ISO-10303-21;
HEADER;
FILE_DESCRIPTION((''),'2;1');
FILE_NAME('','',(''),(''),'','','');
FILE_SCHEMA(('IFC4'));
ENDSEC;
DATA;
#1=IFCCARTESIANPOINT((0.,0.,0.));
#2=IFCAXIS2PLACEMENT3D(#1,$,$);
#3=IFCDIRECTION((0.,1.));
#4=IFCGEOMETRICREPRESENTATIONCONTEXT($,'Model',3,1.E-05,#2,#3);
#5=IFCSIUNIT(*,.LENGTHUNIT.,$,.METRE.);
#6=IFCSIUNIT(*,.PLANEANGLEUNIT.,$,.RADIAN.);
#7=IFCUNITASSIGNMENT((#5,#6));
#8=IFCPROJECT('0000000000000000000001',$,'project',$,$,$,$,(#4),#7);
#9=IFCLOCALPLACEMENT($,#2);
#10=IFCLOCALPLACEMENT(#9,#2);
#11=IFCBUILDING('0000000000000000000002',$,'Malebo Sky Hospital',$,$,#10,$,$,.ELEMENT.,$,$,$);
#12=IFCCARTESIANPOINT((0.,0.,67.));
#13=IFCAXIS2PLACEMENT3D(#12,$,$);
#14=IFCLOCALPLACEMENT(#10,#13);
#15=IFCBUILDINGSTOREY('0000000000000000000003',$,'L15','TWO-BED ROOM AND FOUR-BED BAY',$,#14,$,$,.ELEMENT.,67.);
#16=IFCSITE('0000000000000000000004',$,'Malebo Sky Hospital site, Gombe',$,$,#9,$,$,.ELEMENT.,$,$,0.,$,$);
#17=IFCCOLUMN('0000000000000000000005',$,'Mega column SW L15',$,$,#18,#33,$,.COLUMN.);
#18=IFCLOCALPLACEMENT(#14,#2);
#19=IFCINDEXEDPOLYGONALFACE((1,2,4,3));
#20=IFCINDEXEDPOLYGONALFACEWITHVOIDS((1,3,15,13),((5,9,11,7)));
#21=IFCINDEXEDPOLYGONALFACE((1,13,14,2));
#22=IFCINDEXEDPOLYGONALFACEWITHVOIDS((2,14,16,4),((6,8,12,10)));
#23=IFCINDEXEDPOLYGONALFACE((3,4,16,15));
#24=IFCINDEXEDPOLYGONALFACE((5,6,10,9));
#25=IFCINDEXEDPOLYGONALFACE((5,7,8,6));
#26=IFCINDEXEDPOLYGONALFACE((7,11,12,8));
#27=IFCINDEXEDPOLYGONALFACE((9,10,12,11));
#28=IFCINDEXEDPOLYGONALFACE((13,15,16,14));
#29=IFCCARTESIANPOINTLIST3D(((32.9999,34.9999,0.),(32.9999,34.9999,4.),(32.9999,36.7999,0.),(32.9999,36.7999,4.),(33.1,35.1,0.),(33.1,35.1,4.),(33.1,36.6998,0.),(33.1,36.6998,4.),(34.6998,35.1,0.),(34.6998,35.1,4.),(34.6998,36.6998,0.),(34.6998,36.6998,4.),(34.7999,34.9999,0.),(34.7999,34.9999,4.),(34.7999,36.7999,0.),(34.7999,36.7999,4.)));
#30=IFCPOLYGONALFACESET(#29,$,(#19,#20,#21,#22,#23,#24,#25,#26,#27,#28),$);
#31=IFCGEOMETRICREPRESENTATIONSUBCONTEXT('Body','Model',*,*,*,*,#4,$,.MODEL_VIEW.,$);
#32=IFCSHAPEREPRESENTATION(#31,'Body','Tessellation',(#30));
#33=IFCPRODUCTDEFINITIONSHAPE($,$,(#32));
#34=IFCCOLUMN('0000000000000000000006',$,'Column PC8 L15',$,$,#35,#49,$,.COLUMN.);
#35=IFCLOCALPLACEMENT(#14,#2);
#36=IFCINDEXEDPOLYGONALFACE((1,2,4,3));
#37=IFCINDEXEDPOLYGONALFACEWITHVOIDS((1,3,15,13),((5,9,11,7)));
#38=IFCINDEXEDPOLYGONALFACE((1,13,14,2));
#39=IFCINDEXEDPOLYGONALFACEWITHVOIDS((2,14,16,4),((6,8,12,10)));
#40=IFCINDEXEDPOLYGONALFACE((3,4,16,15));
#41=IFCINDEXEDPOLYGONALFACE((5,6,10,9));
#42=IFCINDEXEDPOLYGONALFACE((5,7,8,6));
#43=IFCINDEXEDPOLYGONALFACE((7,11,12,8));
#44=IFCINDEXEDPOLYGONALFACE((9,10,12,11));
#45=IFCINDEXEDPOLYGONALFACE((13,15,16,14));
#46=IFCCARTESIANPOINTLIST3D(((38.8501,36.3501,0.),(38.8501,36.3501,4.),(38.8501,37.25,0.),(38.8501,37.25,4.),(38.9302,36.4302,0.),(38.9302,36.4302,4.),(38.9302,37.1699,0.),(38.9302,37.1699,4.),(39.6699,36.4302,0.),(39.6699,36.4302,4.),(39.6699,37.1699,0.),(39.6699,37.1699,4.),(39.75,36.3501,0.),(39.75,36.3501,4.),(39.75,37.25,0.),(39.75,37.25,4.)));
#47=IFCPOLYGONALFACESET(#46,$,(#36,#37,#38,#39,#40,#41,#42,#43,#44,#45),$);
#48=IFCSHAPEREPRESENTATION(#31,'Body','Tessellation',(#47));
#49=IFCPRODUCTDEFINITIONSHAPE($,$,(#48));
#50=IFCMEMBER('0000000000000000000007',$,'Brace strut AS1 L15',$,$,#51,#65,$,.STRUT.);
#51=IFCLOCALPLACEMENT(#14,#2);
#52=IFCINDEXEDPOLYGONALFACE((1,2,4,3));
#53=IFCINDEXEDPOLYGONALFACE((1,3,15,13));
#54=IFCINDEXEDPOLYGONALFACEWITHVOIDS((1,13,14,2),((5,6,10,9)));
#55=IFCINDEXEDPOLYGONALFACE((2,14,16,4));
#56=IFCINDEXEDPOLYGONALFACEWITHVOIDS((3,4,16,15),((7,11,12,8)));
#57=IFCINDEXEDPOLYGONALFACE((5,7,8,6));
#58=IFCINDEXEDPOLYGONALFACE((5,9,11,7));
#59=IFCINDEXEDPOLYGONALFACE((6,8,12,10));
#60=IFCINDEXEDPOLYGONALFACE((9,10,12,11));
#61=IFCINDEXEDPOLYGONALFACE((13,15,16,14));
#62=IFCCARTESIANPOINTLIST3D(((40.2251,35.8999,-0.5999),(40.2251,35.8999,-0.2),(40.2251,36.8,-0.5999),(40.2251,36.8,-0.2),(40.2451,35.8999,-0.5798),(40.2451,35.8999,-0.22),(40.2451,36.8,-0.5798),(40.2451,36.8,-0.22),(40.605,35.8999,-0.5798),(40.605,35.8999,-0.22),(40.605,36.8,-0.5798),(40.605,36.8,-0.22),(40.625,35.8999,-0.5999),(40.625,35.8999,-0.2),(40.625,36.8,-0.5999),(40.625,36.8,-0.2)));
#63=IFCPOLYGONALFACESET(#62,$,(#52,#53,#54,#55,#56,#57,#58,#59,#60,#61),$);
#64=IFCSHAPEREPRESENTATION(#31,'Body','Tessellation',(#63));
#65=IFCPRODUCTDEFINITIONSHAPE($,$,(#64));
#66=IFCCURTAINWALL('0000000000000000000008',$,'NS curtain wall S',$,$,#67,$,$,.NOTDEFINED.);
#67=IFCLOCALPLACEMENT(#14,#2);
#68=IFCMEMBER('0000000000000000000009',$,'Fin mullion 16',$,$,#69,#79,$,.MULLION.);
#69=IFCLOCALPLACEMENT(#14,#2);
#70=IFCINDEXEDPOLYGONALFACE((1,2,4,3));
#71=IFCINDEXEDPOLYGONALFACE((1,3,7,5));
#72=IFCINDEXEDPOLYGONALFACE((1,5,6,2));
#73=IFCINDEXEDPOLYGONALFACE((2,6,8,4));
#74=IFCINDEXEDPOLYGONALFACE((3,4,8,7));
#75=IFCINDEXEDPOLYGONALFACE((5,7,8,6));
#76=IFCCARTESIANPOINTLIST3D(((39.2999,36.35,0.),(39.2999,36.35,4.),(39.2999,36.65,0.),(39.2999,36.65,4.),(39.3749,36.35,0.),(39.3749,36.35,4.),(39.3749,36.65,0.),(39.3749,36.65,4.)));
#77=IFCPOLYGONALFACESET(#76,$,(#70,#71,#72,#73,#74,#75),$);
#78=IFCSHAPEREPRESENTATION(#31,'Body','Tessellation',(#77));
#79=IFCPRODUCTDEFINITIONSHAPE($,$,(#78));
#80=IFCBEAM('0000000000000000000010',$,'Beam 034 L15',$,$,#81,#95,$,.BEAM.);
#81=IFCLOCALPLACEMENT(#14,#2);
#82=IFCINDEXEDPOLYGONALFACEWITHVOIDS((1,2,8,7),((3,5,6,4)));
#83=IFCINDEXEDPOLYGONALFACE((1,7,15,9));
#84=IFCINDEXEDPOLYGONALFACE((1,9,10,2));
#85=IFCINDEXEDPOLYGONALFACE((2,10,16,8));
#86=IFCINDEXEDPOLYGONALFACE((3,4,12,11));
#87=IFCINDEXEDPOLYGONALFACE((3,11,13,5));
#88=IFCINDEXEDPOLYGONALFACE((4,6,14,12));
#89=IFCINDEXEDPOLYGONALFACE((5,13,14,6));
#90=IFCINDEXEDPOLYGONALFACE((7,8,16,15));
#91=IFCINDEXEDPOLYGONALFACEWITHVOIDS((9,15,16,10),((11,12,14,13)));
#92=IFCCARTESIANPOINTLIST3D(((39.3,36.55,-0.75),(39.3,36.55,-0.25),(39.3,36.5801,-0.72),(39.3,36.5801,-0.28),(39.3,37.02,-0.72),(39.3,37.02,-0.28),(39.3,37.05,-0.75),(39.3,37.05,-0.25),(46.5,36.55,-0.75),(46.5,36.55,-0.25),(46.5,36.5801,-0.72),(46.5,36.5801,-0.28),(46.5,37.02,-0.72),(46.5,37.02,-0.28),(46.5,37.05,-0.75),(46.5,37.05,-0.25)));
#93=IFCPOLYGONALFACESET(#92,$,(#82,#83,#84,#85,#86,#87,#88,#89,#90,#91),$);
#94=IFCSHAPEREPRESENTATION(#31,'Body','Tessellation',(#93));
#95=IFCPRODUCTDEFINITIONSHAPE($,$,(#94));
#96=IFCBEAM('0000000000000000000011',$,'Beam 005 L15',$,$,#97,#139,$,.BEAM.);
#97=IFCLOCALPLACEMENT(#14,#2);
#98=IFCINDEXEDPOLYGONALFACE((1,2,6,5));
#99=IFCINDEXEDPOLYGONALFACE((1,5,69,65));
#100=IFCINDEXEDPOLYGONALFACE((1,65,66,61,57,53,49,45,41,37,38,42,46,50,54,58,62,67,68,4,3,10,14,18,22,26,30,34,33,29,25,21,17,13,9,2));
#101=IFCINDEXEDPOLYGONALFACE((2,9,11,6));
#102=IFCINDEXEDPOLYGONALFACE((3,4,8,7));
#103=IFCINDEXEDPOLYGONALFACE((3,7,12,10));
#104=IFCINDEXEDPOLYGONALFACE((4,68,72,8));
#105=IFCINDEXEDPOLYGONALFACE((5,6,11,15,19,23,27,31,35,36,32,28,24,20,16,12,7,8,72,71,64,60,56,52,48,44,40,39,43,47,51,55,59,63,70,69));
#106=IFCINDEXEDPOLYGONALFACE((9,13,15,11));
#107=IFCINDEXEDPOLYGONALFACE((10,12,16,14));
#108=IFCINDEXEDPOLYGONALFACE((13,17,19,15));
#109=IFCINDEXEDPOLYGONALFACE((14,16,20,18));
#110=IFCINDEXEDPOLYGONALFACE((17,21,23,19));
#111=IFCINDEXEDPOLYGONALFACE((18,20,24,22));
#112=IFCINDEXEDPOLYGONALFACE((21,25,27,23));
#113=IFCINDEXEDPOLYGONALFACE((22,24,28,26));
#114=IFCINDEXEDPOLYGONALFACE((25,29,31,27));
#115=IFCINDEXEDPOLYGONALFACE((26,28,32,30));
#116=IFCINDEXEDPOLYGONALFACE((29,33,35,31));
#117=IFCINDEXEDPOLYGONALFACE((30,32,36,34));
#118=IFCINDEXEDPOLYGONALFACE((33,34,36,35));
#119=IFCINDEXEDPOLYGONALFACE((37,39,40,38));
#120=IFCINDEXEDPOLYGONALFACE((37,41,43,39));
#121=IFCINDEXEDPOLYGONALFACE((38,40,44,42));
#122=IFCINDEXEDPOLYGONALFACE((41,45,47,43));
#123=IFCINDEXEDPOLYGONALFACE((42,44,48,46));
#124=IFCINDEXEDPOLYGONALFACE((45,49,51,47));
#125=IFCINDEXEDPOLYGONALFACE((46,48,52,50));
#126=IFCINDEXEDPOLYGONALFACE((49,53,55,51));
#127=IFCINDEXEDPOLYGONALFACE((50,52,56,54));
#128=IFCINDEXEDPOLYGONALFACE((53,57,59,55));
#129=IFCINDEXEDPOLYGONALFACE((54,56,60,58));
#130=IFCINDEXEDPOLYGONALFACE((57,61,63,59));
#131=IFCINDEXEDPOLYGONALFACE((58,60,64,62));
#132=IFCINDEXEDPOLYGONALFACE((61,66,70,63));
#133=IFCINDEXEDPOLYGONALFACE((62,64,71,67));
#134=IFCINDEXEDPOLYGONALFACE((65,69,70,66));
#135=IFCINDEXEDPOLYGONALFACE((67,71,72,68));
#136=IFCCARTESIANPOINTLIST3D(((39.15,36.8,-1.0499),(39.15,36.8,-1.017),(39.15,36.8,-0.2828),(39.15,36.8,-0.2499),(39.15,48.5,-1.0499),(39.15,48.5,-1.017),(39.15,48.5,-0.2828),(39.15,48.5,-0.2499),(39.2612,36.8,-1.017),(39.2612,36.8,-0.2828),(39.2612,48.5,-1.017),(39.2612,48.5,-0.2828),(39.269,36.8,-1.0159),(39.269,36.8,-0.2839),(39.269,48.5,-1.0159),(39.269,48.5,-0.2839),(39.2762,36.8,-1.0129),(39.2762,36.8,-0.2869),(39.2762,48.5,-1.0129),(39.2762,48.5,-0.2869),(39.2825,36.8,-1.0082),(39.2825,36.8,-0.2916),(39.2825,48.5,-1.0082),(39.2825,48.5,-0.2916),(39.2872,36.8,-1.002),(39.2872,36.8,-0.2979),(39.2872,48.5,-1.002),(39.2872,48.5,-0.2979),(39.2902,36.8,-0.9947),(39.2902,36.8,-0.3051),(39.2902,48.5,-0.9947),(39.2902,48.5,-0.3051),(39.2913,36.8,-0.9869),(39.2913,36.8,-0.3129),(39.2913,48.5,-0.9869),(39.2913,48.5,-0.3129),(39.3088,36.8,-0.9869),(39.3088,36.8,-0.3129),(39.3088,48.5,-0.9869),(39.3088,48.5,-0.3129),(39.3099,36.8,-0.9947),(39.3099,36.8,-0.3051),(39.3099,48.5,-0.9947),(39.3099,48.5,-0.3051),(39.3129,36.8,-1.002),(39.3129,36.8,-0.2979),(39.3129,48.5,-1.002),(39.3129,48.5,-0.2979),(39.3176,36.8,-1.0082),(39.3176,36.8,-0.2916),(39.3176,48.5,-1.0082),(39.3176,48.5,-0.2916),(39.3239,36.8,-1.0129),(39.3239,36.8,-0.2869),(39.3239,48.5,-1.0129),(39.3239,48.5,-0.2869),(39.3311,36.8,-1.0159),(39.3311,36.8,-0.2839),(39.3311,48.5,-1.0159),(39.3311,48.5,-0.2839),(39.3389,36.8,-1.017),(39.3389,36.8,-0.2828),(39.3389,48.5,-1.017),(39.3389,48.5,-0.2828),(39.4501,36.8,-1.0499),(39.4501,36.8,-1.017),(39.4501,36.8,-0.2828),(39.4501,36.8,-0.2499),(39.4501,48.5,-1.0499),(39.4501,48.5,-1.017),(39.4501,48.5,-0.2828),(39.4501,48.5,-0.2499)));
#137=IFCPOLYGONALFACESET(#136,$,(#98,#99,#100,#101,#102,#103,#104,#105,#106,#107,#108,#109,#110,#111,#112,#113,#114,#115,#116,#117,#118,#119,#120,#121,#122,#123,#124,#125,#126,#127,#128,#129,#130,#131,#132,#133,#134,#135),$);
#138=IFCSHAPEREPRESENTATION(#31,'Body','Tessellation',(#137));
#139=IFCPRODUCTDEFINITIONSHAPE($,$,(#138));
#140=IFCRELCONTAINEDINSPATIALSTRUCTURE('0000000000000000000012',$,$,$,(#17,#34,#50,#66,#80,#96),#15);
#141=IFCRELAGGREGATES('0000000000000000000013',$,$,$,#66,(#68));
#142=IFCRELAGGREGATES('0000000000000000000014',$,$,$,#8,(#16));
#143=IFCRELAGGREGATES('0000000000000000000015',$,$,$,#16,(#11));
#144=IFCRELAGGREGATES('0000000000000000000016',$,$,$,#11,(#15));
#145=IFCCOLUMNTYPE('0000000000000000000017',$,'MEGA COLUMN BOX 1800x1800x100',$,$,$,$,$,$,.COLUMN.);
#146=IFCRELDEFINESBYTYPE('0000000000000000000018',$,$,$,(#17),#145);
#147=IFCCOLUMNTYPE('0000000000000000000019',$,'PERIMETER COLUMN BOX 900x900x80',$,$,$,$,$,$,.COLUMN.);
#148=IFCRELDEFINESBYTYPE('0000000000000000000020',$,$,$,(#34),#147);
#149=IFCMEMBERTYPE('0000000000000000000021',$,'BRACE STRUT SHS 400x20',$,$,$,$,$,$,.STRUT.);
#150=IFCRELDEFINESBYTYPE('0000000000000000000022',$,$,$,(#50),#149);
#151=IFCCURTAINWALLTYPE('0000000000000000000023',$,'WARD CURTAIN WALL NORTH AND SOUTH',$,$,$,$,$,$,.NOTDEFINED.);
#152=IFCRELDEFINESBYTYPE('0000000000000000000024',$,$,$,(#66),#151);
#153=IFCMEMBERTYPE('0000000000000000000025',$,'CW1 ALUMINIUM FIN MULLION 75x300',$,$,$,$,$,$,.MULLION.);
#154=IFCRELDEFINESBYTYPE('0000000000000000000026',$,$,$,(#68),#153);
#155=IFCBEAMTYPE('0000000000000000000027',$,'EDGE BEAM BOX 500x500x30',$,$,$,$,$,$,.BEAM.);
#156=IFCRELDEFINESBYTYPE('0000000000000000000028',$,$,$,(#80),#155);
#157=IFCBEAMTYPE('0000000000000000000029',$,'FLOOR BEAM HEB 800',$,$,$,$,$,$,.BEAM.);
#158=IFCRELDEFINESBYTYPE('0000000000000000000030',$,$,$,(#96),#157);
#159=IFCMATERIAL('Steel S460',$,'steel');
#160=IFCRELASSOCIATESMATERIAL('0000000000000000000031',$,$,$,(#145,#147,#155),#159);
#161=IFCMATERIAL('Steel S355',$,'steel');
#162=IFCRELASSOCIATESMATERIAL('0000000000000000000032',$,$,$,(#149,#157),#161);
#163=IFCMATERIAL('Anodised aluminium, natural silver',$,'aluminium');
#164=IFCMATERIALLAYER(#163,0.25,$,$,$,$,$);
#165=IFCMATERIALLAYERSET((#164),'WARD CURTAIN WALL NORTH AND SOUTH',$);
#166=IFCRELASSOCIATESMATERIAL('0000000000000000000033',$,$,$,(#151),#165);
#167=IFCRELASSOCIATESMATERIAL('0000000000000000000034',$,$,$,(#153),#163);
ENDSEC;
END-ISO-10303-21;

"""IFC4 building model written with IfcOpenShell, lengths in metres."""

from ifc_helpers import new_model, si_unit, direction, frame, origin, origin_2d, place, context, subcontext, project, spatial, rectangle, hollow_rectangle, i_section, extrude, material, layer, layer_set, material_profile, profile_set, type_object, element, aggregate, save


model = new_model("IFC4")

# Units and contexts
model_context = context("Model", 3, precision=1e-05, world=origin(), true_north=direction((0.0, 1.0)))
body_context = subcontext(model_context, "Body", "Model", "MODEL_VIEW")
ifc_project = project(units=[si_unit("LENGTHUNIT", "METRE"), si_unit("PLANEANGLEUNIT", "RADIAN")], contexts=[model_context])

# Site, building, storey
site_placement = place(None, origin())
site = spatial("IfcSite", under=ifc_project, at=site_placement, Name="Malebo Sky Hospital site, Gombe", CompositionType="ELEMENT", RefElevation=0.0)
building_placement = place(site_placement, origin())
building = spatial("IfcBuilding", under=site, at=building_placement, Name="Malebo Sky Hospital", CompositionType="ELEMENT")
storey_placement = place(building_placement, frame((0.0, 0.0, 67.0)))
storey = spatial("IfcBuildingStorey", under=building, at=storey_placement, Name="L15", Description="TWO-BED ROOM AND FOUR-BED BAY", CompositionType="ELEMENT", Elevation=67.0)

# Columns
ifc_material_1 = material(Name="Steel S460", Category="steel")
ifc_material_profile_1 = material_profile(ifc_material_1, hollow_rectangle(XDim=1.8, YDim=1.8, WallThickness=0.1001, at=origin_2d()), Name="BOX 1800x1800x100")
ifc_profile_set_1 = profile_set([ifc_material_profile_1], Name="Steel S460")
column_type_1 = type_object("IfcColumnType", Name="MEGA COLUMN BOX 1800x1800x100", PredefinedType="COLUMN", material=ifc_profile_set_1)
column_1_placement = place(storey_placement, frame((33.8999, 35.8999, 0.0), z_axis=(0.0, 0.0, 1.0), x_axis=(1.0, 0.0, 0.0)))
element("IfcColumn", 1, at=column_1_placement, inside=storey, type_object=column_type_1, Name="Mega column SW L15", PredefinedType="COLUMN", context=body_context, shape_type="SweptSolid", body=[
    extrude(hollow_rectangle(XDim=1.8, YDim=1.8, WallThickness=0.1001, at=origin_2d()), origin(), (0.0, 0.0, 1.0), 4.0),
])
ifc_material_profile_2 = material_profile(ifc_material_1, hollow_rectangle(XDim=0.8999, YDim=0.8999, WallThickness=0.0801, at=origin_2d()), Name="BOX 900x900x80")
ifc_profile_set_2 = profile_set([ifc_material_profile_2], Name="Steel S460")
column_type_2 = type_object("IfcColumnType", Name="PERIMETER COLUMN BOX 900x900x80", PredefinedType="COLUMN", material=ifc_profile_set_2)
column_2_placement = place(storey_placement, frame((39.3, 36.8, 0.0), z_axis=(0.0, 0.0, 1.0), x_axis=(1.0, 0.0, 0.0)))
element("IfcColumn", 2, at=column_2_placement, inside=storey, type_object=column_type_2, Name="Column PC8 L15", PredefinedType="COLUMN", context=body_context, shape_type="SweptSolid", body=[
    extrude(hollow_rectangle(XDim=0.8999, YDim=0.8999, WallThickness=0.0801, at=origin_2d()), origin(), (0.0, 0.0, 1.0), 4.0),
])

# Member
ifc_material_2 = material(Name="Steel S355", Category="steel")
ifc_material_profile_3 = material_profile(ifc_material_2, hollow_rectangle(XDim=0.3999, YDim=0.3999, WallThickness=0.02, at=origin_2d()), Name="SHS 400x20")
ifc_profile_set_3 = profile_set([ifc_material_profile_3], Name="Steel S355")
member_type_1 = type_object("IfcMemberType", Name="BRACE STRUT SHS 400x20", PredefinedType="STRUT", material=ifc_profile_set_3)
member_1_placement = place(storey_placement, frame((40.425, 35.8999, -0.3999), z_axis=(0.0, 1.0, 0.0), x_axis=(-1.0, 0.0, 0.0)))
element("IfcMember", 3, at=member_1_placement, inside=storey, type_object=member_type_1, Name="Brace strut AS1 L15", PredefinedType="STRUT", context=body_context, shape_type="SweptSolid", body=[
    extrude(hollow_rectangle(XDim=0.3999, YDim=0.3999, WallThickness=0.02, at=origin_2d()), origin(), (0.0, 0.0, 1.0), 0.9001),
])

# Curtain wall, member
ifc_material_3 = material(Name="Anodised aluminium, natural silver", Category="aluminium")
ifc_layer_1 = layer(ifc_material_3, 0.25)
ifc_layer_set_1 = layer_set([ifc_layer_1], Name="WARD CURTAIN WALL NORTH AND SOUTH")
curtain_wall_type = type_object("IfcCurtainWallType", Name="WARD CURTAIN WALL NORTH AND SOUTH", PredefinedType="NOTDEFINED", material=ifc_layer_set_1)
curtain_wall_placement = place(storey_placement, origin())
curtain_wall = element("IfcCurtainWall", 4, at=curtain_wall_placement, inside=storey, type_object=curtain_wall_type, Name="NS curtain wall S", PredefinedType="NOTDEFINED")
ifc_material_profile_4 = material_profile(ifc_material_3, rectangle(XDim=0.075, YDim=0.3, at=origin_2d()), Name="CW1 ALUMINIUM FIN MULLION 75x300")
ifc_profile_set_4 = profile_set([ifc_material_profile_4], Name="Anodised aluminium, natural silver")
member_type_2 = type_object("IfcMemberType", Name="CW1 ALUMINIUM FIN MULLION 75x300", PredefinedType="MULLION", material=ifc_profile_set_4)
member_2_placement = place(storey_placement, frame((39.3374, 36.5, 0.0), z_axis=(0.0, 0.0, 1.0), x_axis=(-1.0, 0.0, 0.0)))
member_2 = element("IfcMember", 5, at=member_2_placement, type_object=member_type_2, Name="Fin mullion 16", PredefinedType="MULLION", context=body_context, shape_type="SweptSolid", body=[
    extrude(rectangle(XDim=0.075, YDim=0.3, at=origin_2d()), origin(), (0.0, 0.0, 1.0), 4.0),
])

# Beams
ifc_material_profile_5 = material_profile(ifc_material_1, hollow_rectangle(XDim=0.5, YDim=0.5, WallThickness=0.03, at=origin_2d()), Name="BOX 500x500x30")
ifc_profile_set_5 = profile_set([ifc_material_profile_5], Name="Steel S460")
beam_type_1 = type_object("IfcBeamType", Name="EDGE BEAM BOX 500x500x30", PredefinedType="BEAM", material=ifc_profile_set_5)
beam_1_placement = place(storey_placement, frame((39.3, 36.8, -0.5), z_axis=(1.0, 0.0, 0.0), x_axis=(0.0, 1.0, 0.0)))
element("IfcBeam", 6, at=beam_1_placement, inside=storey, type_object=beam_type_1, Name="Beam 034 L15", PredefinedType="BEAM", context=body_context, shape_type="SweptSolid", body=[
    extrude(hollow_rectangle(XDim=0.5, YDim=0.5, WallThickness=0.03, at=origin_2d()), origin(), (0.0, 0.0, 1.0), 7.2),
])
ifc_material_profile_6 = material_profile(ifc_material_2, i_section(OverallWidth=0.3, OverallDepth=0.8, WebThickness=0.0176, FlangeThickness=0.033, FilletRadius=0.03, at=origin_2d()), Name="HEB 800")
ifc_profile_set_6 = profile_set([ifc_material_profile_6], Name="Steel S355")
beam_type_2 = type_object("IfcBeamType", Name="FLOOR BEAM HEB 800", PredefinedType="BEAM", material=ifc_profile_set_6)
beam_2_placement = place(storey_placement, frame((39.3, 36.8, -0.6499), z_axis=(0.0, 1.0, 0.0), x_axis=(-1.0, 0.0, 0.0)))
element("IfcBeam", 7, at=beam_2_placement, inside=storey, type_object=beam_type_2, Name="Beam 005 L15", PredefinedType="BEAM", context=body_context, shape_type="SweptSolid", body=[
    extrude(i_section(OverallWidth=0.3, OverallDepth=0.8, WebThickness=0.0176, FlangeThickness=0.033, FilletRadius=0.03, at=origin_2d()), origin(), (0.0, 0.0, 1.0), 11.7),
])

aggregate(curtain_wall, [member_2])

save(model, "model.ifc")
